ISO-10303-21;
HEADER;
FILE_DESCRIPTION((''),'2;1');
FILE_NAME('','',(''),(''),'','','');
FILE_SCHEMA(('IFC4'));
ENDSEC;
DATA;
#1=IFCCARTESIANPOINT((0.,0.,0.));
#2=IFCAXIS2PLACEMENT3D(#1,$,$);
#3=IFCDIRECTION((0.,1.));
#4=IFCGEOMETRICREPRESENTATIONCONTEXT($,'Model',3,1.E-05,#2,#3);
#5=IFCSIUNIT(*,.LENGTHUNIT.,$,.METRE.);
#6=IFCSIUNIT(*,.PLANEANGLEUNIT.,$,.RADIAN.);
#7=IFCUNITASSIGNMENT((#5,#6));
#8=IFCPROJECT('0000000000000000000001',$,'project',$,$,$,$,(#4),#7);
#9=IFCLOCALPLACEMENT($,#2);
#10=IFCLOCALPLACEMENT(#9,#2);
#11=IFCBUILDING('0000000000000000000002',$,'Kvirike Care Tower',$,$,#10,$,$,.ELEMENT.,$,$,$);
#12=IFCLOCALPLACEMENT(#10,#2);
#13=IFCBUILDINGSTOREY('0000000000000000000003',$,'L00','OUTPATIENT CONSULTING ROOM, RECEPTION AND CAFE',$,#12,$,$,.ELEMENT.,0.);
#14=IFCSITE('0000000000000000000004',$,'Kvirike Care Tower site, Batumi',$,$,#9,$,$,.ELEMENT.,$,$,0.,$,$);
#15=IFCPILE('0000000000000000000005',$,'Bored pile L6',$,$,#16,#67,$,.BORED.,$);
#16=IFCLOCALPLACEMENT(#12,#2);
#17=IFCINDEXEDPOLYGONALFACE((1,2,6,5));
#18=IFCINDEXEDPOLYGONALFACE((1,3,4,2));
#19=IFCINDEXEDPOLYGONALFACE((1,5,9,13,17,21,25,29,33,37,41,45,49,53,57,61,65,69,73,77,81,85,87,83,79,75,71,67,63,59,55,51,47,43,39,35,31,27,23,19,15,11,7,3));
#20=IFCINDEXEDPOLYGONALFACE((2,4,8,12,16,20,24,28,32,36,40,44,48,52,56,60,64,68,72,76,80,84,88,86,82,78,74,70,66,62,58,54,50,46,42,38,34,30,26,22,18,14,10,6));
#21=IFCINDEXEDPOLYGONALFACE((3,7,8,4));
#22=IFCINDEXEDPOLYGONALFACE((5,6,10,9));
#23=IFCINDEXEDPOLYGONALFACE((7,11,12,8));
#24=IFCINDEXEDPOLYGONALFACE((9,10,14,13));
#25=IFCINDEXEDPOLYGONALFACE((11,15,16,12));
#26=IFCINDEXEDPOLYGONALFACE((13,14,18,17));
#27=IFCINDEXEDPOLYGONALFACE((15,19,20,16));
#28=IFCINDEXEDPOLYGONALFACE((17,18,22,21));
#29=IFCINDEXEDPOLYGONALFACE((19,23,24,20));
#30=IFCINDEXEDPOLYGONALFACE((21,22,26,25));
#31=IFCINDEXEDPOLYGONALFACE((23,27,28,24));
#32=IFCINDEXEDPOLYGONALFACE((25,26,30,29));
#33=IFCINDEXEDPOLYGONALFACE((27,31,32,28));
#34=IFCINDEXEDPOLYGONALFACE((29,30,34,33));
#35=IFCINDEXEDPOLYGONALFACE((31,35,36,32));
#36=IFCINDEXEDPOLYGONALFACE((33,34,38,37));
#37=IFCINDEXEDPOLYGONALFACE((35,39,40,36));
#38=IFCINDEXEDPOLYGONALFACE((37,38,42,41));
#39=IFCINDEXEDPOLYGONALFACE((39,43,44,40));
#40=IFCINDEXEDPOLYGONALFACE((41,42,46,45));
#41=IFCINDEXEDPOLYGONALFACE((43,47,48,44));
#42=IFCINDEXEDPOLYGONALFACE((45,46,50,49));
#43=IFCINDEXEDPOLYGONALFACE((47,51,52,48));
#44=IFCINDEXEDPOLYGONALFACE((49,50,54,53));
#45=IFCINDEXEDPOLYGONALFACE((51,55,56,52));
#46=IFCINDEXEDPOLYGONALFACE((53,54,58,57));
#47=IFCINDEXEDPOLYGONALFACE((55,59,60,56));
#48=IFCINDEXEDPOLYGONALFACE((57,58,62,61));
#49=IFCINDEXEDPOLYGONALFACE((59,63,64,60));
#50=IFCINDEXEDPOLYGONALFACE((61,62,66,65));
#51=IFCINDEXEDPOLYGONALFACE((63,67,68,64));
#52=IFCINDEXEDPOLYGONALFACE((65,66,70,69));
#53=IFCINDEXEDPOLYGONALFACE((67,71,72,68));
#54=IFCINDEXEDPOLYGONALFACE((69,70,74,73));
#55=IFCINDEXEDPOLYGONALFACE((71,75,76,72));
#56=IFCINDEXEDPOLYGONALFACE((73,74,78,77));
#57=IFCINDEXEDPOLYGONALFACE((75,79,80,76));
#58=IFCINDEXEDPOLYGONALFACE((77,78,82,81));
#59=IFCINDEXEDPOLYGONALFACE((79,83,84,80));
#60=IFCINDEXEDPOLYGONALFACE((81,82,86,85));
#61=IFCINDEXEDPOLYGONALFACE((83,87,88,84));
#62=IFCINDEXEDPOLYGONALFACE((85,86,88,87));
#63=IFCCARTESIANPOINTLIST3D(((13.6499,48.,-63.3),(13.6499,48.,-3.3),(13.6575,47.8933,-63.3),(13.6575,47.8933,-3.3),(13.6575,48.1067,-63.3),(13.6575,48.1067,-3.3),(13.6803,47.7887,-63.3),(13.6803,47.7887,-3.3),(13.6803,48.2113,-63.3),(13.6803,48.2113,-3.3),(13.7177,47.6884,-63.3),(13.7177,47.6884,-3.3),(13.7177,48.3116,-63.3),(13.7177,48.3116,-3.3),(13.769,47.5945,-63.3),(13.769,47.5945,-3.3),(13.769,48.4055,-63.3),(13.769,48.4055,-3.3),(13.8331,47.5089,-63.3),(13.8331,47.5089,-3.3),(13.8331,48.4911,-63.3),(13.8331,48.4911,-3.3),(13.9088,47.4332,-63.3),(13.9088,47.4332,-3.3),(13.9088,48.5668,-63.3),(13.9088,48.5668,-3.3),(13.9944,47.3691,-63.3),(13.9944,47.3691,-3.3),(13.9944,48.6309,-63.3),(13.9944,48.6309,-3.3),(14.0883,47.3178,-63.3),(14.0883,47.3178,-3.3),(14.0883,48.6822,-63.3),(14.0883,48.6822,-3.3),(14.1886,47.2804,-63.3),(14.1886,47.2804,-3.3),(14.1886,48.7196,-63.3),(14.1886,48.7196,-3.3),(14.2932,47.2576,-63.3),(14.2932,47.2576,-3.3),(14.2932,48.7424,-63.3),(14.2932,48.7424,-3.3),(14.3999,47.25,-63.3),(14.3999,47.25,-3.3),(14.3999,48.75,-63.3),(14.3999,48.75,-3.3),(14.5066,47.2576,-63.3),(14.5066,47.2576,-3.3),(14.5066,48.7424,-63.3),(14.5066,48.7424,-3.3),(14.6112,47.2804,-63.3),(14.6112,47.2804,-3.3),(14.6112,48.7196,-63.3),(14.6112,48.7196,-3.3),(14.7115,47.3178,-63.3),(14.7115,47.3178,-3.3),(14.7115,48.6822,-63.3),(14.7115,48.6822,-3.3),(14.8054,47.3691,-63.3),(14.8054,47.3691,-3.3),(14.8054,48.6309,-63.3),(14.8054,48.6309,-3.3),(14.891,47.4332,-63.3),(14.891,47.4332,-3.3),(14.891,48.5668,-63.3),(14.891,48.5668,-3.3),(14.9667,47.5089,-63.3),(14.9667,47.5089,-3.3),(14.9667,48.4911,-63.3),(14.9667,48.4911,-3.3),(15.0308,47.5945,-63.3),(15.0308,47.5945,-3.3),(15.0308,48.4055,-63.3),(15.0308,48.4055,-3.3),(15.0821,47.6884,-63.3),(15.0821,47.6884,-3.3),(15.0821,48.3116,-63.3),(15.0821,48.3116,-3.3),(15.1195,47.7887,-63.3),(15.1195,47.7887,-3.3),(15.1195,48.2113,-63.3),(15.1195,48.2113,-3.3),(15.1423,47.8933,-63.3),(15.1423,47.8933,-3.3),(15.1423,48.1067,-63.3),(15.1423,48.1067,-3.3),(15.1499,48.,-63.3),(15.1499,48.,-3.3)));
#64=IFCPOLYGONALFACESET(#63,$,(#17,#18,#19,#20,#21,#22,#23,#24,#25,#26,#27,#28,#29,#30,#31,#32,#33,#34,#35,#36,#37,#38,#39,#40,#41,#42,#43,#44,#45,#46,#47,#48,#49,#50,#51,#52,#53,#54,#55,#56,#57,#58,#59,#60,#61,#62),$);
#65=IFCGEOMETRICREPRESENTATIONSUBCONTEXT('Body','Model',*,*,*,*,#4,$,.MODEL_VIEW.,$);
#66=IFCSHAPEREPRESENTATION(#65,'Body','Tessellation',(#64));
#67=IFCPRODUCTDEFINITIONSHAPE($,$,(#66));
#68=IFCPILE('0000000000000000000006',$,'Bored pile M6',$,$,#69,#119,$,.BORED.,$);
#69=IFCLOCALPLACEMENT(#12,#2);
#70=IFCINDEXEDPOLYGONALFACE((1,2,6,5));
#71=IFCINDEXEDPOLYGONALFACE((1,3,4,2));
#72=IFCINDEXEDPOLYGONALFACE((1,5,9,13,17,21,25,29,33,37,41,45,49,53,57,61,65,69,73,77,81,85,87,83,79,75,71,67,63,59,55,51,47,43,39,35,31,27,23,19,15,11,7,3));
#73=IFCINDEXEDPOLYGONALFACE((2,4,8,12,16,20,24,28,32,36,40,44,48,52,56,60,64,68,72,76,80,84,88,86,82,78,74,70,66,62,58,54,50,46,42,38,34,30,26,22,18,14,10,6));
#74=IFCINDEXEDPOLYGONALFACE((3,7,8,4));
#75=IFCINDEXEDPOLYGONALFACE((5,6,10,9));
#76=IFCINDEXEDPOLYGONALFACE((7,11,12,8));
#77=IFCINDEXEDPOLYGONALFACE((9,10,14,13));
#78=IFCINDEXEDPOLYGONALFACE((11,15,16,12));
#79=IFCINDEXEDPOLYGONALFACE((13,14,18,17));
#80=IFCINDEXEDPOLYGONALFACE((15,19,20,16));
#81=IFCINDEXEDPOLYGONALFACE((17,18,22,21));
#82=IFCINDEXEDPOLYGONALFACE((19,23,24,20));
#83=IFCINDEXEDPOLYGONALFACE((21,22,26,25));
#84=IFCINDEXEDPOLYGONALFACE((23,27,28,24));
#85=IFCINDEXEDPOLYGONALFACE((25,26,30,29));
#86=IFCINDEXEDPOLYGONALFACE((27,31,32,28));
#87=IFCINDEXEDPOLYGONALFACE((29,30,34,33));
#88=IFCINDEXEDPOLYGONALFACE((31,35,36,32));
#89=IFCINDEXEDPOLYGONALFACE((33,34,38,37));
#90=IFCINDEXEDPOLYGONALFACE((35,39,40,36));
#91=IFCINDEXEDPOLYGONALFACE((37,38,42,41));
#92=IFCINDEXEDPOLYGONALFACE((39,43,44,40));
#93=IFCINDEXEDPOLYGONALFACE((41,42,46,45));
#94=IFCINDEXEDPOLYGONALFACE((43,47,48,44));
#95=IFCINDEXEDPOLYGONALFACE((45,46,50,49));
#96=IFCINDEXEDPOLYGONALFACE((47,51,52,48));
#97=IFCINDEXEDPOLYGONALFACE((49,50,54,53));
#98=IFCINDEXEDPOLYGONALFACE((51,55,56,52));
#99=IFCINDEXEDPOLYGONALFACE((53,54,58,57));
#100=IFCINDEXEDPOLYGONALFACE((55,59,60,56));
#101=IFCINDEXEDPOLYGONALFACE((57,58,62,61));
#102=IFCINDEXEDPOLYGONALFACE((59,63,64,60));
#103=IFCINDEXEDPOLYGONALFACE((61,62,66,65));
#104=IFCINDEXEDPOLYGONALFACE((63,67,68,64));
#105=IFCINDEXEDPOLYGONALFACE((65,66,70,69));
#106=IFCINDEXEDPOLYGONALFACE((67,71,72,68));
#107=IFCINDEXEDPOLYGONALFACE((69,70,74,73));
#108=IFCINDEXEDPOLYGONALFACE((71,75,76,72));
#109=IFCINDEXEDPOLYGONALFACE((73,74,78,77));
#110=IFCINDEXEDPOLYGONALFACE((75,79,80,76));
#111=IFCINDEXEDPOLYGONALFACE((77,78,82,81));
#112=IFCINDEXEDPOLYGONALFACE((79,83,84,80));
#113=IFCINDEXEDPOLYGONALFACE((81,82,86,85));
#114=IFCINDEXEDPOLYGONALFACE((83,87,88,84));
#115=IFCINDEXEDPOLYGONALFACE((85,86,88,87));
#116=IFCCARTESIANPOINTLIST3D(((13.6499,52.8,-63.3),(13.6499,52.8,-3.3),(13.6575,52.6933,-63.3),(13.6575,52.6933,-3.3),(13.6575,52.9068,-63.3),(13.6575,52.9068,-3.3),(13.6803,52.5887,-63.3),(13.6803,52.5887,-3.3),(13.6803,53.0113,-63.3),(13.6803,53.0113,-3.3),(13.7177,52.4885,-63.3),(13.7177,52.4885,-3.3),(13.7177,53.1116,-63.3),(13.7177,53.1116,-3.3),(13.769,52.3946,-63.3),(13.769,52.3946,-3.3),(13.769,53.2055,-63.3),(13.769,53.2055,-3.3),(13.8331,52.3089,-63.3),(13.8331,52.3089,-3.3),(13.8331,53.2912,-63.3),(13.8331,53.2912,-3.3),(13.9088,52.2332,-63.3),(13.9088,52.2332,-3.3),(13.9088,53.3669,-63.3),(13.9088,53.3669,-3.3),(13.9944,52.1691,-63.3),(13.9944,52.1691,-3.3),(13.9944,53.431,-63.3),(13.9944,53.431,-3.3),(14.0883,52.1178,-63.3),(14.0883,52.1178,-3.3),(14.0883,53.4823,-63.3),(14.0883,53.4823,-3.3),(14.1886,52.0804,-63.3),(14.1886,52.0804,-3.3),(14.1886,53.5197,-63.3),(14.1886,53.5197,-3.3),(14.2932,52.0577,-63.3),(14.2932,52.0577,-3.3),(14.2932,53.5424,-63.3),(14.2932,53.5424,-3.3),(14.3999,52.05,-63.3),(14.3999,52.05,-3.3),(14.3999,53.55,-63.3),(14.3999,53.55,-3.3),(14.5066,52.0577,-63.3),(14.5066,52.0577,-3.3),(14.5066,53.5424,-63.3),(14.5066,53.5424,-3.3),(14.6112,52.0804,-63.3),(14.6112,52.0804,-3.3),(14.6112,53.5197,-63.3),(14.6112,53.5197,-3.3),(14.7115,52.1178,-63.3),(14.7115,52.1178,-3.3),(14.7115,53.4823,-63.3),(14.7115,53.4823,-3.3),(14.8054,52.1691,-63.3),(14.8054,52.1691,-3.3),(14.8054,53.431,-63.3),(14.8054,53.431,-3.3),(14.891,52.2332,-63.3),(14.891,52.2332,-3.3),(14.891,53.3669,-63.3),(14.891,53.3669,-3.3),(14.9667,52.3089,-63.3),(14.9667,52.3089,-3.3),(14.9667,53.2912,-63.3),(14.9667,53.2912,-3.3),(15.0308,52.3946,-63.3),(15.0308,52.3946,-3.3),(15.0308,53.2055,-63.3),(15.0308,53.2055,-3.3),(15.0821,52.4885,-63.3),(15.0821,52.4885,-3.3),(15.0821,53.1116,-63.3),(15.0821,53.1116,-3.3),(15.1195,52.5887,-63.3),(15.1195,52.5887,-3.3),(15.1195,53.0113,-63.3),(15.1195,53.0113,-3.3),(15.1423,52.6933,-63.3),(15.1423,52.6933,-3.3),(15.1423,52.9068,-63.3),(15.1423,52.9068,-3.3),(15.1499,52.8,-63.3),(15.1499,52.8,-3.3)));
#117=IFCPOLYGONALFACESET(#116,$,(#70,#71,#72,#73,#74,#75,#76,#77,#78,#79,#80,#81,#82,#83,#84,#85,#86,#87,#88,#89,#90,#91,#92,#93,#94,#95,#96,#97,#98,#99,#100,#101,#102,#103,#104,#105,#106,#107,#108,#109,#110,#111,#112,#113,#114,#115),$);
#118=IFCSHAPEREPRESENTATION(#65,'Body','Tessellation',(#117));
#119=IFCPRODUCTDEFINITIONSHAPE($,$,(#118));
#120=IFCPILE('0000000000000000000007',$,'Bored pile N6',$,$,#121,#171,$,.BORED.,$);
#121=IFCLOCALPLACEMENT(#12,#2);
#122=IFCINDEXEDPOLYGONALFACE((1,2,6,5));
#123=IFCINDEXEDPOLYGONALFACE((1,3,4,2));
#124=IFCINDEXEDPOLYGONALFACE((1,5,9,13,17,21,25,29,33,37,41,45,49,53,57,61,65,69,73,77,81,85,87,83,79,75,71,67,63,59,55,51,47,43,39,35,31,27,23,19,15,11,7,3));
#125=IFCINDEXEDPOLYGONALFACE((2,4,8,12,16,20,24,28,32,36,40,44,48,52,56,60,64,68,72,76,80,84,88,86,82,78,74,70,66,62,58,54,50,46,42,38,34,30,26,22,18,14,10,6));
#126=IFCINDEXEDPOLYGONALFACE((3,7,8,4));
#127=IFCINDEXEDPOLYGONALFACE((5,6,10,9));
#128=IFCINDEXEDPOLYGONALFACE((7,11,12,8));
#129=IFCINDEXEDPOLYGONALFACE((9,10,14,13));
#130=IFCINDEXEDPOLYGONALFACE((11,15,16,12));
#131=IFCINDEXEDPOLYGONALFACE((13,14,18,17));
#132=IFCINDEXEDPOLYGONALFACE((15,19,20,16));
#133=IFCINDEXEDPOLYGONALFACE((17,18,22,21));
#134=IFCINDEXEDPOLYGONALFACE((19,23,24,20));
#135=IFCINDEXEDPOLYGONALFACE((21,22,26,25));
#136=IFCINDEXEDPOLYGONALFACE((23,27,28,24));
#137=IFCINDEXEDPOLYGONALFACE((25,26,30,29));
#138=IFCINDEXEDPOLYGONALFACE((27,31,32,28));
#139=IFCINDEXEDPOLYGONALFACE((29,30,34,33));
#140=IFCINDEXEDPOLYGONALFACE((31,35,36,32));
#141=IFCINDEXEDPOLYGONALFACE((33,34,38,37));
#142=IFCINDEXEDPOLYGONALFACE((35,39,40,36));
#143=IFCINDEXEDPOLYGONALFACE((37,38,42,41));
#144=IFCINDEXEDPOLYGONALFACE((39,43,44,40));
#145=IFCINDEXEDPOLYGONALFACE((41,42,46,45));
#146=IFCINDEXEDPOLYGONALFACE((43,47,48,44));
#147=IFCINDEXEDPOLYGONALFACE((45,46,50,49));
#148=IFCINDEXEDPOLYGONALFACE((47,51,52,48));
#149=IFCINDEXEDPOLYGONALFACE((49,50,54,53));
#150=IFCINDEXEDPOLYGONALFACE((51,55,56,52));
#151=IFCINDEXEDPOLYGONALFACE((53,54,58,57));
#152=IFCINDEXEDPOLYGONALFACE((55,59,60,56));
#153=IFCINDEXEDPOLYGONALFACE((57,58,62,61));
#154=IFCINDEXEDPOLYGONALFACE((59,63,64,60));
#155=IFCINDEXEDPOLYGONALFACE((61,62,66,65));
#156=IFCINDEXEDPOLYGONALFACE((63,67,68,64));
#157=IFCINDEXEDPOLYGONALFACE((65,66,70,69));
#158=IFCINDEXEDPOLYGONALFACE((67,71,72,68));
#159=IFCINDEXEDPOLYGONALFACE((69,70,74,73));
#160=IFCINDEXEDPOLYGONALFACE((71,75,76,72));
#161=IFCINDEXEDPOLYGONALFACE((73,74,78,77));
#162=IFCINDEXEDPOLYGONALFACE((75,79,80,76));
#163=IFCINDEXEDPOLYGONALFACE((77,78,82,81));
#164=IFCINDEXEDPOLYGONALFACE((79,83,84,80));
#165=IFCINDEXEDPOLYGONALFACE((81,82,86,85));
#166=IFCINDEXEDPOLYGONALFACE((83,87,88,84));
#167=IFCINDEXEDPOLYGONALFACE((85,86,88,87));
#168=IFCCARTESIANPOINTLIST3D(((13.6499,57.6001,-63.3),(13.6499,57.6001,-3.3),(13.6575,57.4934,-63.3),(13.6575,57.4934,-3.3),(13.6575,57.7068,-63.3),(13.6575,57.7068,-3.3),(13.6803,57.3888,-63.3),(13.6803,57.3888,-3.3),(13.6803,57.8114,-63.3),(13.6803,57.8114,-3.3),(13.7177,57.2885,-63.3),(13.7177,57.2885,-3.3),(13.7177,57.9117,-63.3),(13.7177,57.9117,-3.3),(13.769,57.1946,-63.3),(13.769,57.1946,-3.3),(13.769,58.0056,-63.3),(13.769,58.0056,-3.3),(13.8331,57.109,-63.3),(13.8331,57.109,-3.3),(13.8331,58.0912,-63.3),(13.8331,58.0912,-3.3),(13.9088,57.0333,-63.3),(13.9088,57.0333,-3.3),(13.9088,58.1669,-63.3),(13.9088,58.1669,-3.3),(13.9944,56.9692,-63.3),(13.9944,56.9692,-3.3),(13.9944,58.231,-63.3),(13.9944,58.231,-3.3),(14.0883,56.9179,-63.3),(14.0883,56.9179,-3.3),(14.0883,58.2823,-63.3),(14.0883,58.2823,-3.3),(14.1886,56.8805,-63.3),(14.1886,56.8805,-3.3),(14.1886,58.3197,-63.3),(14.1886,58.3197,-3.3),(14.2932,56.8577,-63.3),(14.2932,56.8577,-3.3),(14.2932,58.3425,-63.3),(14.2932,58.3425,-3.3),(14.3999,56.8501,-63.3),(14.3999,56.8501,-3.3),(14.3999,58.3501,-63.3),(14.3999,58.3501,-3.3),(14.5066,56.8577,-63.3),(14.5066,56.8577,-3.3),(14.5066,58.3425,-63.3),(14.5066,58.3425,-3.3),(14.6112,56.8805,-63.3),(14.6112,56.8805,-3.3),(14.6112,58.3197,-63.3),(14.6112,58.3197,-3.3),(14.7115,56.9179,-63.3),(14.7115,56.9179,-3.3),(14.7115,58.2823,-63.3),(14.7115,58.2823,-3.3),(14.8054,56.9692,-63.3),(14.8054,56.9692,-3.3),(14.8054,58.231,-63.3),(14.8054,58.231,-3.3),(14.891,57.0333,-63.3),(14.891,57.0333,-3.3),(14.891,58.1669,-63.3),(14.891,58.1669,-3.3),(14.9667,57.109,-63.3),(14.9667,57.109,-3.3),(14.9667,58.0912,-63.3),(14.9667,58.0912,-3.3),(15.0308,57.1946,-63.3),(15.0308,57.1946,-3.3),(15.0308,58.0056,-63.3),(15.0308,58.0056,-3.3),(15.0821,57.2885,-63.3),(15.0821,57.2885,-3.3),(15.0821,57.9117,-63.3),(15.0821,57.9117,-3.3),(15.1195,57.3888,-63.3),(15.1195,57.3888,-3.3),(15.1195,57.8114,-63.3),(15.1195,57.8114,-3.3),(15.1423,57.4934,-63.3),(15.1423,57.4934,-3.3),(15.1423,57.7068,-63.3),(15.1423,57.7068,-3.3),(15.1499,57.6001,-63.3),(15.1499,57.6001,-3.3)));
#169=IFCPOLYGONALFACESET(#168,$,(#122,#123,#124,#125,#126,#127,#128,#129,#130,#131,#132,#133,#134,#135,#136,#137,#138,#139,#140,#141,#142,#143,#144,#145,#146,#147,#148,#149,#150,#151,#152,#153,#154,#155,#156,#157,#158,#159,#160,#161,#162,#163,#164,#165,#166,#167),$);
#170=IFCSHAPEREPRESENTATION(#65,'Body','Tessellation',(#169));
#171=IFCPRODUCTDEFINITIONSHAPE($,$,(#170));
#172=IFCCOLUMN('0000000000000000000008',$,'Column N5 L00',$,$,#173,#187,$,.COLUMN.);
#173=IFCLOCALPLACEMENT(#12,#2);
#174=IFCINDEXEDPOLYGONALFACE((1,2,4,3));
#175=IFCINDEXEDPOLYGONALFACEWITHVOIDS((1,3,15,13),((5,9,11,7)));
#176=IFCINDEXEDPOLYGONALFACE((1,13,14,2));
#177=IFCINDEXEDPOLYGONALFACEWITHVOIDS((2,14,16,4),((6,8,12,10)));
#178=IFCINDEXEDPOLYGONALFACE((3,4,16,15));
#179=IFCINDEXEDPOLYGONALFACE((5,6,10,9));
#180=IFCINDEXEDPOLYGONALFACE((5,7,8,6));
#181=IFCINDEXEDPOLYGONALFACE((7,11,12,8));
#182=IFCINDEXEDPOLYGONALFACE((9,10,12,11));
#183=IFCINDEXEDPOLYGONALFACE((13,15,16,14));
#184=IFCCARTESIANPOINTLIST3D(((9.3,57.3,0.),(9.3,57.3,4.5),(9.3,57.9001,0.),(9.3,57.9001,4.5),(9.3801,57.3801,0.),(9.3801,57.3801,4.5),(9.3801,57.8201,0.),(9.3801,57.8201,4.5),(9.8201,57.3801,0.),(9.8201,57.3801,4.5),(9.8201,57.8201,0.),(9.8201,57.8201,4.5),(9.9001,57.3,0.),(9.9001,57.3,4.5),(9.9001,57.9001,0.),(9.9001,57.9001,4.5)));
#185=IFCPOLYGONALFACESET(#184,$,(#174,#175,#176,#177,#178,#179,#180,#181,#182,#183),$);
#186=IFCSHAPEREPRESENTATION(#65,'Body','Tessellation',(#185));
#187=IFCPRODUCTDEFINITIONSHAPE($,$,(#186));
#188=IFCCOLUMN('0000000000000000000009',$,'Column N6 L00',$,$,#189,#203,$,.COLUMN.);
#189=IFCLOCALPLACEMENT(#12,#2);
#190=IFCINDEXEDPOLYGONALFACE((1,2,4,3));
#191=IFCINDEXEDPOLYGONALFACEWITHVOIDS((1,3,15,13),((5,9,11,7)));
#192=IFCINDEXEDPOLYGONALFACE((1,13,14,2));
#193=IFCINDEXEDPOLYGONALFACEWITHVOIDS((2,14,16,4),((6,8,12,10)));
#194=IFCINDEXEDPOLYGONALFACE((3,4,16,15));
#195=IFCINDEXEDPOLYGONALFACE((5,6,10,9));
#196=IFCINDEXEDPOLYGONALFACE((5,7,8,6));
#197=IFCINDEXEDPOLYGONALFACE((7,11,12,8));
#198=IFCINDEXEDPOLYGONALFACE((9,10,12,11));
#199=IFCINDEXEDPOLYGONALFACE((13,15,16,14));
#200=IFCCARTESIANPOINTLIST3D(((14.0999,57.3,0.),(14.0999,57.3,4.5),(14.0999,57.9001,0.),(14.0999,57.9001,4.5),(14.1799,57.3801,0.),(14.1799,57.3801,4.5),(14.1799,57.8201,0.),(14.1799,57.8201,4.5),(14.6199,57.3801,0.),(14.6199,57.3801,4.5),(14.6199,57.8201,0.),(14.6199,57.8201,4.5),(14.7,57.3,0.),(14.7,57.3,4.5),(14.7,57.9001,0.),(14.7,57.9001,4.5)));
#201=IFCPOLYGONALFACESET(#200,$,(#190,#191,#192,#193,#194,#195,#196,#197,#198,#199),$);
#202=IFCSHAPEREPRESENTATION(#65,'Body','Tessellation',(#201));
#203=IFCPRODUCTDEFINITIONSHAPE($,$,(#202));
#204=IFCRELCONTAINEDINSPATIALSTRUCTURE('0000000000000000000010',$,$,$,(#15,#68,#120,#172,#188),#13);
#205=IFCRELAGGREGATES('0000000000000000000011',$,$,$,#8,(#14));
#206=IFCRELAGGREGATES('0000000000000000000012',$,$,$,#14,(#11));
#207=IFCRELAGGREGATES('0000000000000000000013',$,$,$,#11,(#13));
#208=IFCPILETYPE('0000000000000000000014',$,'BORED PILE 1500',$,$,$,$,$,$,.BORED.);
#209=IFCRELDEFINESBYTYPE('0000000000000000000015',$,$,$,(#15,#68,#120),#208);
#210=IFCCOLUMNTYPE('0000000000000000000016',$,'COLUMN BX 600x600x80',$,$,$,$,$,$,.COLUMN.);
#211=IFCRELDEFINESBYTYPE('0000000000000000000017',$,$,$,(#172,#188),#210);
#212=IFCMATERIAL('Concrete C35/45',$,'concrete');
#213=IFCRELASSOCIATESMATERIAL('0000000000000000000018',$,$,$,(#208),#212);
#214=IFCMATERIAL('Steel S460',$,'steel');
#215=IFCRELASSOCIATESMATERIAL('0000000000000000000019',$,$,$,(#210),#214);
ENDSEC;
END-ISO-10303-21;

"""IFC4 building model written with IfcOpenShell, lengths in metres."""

from ifc_helpers import new_model, si_unit, direction, frame, origin, origin_2d, place, context, subcontext, project, spatial, hollow_rectangle, circle, extrude, material, material_profile, profile_set, type_object, element, save


model = new_model("IFC4")

# Units and contexts
model_context = context("Model", 3, precision=1e-05, world=origin(), true_north=direction((0.0, 1.0)))
body_context = subcontext(model_context, "Body", "Model", "MODEL_VIEW")
ifc_project = project(units=[si_unit("LENGTHUNIT", "METRE"), si_unit("PLANEANGLEUNIT", "RADIAN")], contexts=[model_context])

# Site, building, storey
site_placement = place(None, origin())
site = spatial("IfcSite", under=ifc_project, at=site_placement, Name="Kvirike Care Tower site, Batumi", CompositionType="ELEMENT", RefElevation=0.0)
building_placement = place(site_placement, origin())
building = spatial("IfcBuilding", under=site, at=building_placement, Name="Kvirike Care Tower", CompositionType="ELEMENT")
storey_placement = place(building_placement, origin())
storey = spatial("IfcBuildingStorey", under=building, at=storey_placement, Name="L00", Description="OUTPATIENT CONSULTING ROOM, RECEPTION AND CAFE", CompositionType="ELEMENT", Elevation=0.0)

# Piles
ifc_material_1 = material(Name="Concrete C35/45", Category="concrete")
ifc_material_profile_1 = material_profile(ifc_material_1, circle(Radius=0.75, at=origin_2d()), Name="BORED PILE 1500")
ifc_profile_set_1 = profile_set([ifc_material_profile_1], Name="Concrete C35/45")
pile_type = type_object("IfcPileType", Name="BORED PILE 1500", PredefinedType="BORED", material=ifc_profile_set_1)
for number, where, z_axis, x_axis, name in (
    (1, (14.3999, 48.0, -3.3), (0.0, 0.0, -1.0), (1.0, 0.0, 0.0), "Bored pile L6"),
    (2, (14.3999, 52.8, -3.3), (0.0, 0.0, -1.0), (1.0, 0.0, 0.0), "Bored pile M6"),
    (3, (14.3999, 57.6001, -3.3), (0.0, 0.0, -1.0), (1.0, 0.0, 0.0), "Bored pile N6"),
):
    element("IfcPile", number, at=place(storey_placement, frame(where, z_axis=z_axis, x_axis=x_axis)), inside=storey, type_object=pile_type, Name=name, PredefinedType="BORED", context=body_context, shape_type="SweptSolid", body=[
        extrude(circle(Radius=0.75, at=origin_2d()), origin(), (0.0, 0.0, 1.0), 60.0),
    ])

# Columns
ifc_material_2 = material(Name="Steel S460", Category="steel")
ifc_material_profile_2 = material_profile(ifc_material_2, hollow_rectangle(XDim=0.6001, YDim=0.6001, WallThickness=0.0801, at=origin_2d()), Name="BX 600x600x80")
ifc_profile_set_2 = profile_set([ifc_material_profile_2], Name="Steel S460")
column_type_1 = type_object("IfcColumnType", Name="COLUMN BX 600x600x80", PredefinedType="COLUMN", material=ifc_profile_set_2)
for number, where, z_axis, x_axis, name in (
    (4, (9.6001, 57.6001, 0.0), (0.0, 0.0, 1.0), (0.0, 1.0, 0.0), "Column N5 L00"),
    (5, (14.3999, 57.6001, 0.0), (0.0, 0.0, 1.0), (0.0, 1.0, 0.0), "Column N6 L00"),
):
    element("IfcColumn", number, at=place(storey_placement, frame(where, z_axis=z_axis, x_axis=x_axis)), inside=storey, type_object=column_type_1, Name=name, PredefinedType="COLUMN", context=body_context, shape_type="SweptSolid", body=[
        extrude(hollow_rectangle(XDim=0.6001, YDim=0.6001, WallThickness=0.0801, at=origin_2d()), origin(), (0.0, 0.0, 1.0), 4.5),
    ])

save(model, "model.ifc")
